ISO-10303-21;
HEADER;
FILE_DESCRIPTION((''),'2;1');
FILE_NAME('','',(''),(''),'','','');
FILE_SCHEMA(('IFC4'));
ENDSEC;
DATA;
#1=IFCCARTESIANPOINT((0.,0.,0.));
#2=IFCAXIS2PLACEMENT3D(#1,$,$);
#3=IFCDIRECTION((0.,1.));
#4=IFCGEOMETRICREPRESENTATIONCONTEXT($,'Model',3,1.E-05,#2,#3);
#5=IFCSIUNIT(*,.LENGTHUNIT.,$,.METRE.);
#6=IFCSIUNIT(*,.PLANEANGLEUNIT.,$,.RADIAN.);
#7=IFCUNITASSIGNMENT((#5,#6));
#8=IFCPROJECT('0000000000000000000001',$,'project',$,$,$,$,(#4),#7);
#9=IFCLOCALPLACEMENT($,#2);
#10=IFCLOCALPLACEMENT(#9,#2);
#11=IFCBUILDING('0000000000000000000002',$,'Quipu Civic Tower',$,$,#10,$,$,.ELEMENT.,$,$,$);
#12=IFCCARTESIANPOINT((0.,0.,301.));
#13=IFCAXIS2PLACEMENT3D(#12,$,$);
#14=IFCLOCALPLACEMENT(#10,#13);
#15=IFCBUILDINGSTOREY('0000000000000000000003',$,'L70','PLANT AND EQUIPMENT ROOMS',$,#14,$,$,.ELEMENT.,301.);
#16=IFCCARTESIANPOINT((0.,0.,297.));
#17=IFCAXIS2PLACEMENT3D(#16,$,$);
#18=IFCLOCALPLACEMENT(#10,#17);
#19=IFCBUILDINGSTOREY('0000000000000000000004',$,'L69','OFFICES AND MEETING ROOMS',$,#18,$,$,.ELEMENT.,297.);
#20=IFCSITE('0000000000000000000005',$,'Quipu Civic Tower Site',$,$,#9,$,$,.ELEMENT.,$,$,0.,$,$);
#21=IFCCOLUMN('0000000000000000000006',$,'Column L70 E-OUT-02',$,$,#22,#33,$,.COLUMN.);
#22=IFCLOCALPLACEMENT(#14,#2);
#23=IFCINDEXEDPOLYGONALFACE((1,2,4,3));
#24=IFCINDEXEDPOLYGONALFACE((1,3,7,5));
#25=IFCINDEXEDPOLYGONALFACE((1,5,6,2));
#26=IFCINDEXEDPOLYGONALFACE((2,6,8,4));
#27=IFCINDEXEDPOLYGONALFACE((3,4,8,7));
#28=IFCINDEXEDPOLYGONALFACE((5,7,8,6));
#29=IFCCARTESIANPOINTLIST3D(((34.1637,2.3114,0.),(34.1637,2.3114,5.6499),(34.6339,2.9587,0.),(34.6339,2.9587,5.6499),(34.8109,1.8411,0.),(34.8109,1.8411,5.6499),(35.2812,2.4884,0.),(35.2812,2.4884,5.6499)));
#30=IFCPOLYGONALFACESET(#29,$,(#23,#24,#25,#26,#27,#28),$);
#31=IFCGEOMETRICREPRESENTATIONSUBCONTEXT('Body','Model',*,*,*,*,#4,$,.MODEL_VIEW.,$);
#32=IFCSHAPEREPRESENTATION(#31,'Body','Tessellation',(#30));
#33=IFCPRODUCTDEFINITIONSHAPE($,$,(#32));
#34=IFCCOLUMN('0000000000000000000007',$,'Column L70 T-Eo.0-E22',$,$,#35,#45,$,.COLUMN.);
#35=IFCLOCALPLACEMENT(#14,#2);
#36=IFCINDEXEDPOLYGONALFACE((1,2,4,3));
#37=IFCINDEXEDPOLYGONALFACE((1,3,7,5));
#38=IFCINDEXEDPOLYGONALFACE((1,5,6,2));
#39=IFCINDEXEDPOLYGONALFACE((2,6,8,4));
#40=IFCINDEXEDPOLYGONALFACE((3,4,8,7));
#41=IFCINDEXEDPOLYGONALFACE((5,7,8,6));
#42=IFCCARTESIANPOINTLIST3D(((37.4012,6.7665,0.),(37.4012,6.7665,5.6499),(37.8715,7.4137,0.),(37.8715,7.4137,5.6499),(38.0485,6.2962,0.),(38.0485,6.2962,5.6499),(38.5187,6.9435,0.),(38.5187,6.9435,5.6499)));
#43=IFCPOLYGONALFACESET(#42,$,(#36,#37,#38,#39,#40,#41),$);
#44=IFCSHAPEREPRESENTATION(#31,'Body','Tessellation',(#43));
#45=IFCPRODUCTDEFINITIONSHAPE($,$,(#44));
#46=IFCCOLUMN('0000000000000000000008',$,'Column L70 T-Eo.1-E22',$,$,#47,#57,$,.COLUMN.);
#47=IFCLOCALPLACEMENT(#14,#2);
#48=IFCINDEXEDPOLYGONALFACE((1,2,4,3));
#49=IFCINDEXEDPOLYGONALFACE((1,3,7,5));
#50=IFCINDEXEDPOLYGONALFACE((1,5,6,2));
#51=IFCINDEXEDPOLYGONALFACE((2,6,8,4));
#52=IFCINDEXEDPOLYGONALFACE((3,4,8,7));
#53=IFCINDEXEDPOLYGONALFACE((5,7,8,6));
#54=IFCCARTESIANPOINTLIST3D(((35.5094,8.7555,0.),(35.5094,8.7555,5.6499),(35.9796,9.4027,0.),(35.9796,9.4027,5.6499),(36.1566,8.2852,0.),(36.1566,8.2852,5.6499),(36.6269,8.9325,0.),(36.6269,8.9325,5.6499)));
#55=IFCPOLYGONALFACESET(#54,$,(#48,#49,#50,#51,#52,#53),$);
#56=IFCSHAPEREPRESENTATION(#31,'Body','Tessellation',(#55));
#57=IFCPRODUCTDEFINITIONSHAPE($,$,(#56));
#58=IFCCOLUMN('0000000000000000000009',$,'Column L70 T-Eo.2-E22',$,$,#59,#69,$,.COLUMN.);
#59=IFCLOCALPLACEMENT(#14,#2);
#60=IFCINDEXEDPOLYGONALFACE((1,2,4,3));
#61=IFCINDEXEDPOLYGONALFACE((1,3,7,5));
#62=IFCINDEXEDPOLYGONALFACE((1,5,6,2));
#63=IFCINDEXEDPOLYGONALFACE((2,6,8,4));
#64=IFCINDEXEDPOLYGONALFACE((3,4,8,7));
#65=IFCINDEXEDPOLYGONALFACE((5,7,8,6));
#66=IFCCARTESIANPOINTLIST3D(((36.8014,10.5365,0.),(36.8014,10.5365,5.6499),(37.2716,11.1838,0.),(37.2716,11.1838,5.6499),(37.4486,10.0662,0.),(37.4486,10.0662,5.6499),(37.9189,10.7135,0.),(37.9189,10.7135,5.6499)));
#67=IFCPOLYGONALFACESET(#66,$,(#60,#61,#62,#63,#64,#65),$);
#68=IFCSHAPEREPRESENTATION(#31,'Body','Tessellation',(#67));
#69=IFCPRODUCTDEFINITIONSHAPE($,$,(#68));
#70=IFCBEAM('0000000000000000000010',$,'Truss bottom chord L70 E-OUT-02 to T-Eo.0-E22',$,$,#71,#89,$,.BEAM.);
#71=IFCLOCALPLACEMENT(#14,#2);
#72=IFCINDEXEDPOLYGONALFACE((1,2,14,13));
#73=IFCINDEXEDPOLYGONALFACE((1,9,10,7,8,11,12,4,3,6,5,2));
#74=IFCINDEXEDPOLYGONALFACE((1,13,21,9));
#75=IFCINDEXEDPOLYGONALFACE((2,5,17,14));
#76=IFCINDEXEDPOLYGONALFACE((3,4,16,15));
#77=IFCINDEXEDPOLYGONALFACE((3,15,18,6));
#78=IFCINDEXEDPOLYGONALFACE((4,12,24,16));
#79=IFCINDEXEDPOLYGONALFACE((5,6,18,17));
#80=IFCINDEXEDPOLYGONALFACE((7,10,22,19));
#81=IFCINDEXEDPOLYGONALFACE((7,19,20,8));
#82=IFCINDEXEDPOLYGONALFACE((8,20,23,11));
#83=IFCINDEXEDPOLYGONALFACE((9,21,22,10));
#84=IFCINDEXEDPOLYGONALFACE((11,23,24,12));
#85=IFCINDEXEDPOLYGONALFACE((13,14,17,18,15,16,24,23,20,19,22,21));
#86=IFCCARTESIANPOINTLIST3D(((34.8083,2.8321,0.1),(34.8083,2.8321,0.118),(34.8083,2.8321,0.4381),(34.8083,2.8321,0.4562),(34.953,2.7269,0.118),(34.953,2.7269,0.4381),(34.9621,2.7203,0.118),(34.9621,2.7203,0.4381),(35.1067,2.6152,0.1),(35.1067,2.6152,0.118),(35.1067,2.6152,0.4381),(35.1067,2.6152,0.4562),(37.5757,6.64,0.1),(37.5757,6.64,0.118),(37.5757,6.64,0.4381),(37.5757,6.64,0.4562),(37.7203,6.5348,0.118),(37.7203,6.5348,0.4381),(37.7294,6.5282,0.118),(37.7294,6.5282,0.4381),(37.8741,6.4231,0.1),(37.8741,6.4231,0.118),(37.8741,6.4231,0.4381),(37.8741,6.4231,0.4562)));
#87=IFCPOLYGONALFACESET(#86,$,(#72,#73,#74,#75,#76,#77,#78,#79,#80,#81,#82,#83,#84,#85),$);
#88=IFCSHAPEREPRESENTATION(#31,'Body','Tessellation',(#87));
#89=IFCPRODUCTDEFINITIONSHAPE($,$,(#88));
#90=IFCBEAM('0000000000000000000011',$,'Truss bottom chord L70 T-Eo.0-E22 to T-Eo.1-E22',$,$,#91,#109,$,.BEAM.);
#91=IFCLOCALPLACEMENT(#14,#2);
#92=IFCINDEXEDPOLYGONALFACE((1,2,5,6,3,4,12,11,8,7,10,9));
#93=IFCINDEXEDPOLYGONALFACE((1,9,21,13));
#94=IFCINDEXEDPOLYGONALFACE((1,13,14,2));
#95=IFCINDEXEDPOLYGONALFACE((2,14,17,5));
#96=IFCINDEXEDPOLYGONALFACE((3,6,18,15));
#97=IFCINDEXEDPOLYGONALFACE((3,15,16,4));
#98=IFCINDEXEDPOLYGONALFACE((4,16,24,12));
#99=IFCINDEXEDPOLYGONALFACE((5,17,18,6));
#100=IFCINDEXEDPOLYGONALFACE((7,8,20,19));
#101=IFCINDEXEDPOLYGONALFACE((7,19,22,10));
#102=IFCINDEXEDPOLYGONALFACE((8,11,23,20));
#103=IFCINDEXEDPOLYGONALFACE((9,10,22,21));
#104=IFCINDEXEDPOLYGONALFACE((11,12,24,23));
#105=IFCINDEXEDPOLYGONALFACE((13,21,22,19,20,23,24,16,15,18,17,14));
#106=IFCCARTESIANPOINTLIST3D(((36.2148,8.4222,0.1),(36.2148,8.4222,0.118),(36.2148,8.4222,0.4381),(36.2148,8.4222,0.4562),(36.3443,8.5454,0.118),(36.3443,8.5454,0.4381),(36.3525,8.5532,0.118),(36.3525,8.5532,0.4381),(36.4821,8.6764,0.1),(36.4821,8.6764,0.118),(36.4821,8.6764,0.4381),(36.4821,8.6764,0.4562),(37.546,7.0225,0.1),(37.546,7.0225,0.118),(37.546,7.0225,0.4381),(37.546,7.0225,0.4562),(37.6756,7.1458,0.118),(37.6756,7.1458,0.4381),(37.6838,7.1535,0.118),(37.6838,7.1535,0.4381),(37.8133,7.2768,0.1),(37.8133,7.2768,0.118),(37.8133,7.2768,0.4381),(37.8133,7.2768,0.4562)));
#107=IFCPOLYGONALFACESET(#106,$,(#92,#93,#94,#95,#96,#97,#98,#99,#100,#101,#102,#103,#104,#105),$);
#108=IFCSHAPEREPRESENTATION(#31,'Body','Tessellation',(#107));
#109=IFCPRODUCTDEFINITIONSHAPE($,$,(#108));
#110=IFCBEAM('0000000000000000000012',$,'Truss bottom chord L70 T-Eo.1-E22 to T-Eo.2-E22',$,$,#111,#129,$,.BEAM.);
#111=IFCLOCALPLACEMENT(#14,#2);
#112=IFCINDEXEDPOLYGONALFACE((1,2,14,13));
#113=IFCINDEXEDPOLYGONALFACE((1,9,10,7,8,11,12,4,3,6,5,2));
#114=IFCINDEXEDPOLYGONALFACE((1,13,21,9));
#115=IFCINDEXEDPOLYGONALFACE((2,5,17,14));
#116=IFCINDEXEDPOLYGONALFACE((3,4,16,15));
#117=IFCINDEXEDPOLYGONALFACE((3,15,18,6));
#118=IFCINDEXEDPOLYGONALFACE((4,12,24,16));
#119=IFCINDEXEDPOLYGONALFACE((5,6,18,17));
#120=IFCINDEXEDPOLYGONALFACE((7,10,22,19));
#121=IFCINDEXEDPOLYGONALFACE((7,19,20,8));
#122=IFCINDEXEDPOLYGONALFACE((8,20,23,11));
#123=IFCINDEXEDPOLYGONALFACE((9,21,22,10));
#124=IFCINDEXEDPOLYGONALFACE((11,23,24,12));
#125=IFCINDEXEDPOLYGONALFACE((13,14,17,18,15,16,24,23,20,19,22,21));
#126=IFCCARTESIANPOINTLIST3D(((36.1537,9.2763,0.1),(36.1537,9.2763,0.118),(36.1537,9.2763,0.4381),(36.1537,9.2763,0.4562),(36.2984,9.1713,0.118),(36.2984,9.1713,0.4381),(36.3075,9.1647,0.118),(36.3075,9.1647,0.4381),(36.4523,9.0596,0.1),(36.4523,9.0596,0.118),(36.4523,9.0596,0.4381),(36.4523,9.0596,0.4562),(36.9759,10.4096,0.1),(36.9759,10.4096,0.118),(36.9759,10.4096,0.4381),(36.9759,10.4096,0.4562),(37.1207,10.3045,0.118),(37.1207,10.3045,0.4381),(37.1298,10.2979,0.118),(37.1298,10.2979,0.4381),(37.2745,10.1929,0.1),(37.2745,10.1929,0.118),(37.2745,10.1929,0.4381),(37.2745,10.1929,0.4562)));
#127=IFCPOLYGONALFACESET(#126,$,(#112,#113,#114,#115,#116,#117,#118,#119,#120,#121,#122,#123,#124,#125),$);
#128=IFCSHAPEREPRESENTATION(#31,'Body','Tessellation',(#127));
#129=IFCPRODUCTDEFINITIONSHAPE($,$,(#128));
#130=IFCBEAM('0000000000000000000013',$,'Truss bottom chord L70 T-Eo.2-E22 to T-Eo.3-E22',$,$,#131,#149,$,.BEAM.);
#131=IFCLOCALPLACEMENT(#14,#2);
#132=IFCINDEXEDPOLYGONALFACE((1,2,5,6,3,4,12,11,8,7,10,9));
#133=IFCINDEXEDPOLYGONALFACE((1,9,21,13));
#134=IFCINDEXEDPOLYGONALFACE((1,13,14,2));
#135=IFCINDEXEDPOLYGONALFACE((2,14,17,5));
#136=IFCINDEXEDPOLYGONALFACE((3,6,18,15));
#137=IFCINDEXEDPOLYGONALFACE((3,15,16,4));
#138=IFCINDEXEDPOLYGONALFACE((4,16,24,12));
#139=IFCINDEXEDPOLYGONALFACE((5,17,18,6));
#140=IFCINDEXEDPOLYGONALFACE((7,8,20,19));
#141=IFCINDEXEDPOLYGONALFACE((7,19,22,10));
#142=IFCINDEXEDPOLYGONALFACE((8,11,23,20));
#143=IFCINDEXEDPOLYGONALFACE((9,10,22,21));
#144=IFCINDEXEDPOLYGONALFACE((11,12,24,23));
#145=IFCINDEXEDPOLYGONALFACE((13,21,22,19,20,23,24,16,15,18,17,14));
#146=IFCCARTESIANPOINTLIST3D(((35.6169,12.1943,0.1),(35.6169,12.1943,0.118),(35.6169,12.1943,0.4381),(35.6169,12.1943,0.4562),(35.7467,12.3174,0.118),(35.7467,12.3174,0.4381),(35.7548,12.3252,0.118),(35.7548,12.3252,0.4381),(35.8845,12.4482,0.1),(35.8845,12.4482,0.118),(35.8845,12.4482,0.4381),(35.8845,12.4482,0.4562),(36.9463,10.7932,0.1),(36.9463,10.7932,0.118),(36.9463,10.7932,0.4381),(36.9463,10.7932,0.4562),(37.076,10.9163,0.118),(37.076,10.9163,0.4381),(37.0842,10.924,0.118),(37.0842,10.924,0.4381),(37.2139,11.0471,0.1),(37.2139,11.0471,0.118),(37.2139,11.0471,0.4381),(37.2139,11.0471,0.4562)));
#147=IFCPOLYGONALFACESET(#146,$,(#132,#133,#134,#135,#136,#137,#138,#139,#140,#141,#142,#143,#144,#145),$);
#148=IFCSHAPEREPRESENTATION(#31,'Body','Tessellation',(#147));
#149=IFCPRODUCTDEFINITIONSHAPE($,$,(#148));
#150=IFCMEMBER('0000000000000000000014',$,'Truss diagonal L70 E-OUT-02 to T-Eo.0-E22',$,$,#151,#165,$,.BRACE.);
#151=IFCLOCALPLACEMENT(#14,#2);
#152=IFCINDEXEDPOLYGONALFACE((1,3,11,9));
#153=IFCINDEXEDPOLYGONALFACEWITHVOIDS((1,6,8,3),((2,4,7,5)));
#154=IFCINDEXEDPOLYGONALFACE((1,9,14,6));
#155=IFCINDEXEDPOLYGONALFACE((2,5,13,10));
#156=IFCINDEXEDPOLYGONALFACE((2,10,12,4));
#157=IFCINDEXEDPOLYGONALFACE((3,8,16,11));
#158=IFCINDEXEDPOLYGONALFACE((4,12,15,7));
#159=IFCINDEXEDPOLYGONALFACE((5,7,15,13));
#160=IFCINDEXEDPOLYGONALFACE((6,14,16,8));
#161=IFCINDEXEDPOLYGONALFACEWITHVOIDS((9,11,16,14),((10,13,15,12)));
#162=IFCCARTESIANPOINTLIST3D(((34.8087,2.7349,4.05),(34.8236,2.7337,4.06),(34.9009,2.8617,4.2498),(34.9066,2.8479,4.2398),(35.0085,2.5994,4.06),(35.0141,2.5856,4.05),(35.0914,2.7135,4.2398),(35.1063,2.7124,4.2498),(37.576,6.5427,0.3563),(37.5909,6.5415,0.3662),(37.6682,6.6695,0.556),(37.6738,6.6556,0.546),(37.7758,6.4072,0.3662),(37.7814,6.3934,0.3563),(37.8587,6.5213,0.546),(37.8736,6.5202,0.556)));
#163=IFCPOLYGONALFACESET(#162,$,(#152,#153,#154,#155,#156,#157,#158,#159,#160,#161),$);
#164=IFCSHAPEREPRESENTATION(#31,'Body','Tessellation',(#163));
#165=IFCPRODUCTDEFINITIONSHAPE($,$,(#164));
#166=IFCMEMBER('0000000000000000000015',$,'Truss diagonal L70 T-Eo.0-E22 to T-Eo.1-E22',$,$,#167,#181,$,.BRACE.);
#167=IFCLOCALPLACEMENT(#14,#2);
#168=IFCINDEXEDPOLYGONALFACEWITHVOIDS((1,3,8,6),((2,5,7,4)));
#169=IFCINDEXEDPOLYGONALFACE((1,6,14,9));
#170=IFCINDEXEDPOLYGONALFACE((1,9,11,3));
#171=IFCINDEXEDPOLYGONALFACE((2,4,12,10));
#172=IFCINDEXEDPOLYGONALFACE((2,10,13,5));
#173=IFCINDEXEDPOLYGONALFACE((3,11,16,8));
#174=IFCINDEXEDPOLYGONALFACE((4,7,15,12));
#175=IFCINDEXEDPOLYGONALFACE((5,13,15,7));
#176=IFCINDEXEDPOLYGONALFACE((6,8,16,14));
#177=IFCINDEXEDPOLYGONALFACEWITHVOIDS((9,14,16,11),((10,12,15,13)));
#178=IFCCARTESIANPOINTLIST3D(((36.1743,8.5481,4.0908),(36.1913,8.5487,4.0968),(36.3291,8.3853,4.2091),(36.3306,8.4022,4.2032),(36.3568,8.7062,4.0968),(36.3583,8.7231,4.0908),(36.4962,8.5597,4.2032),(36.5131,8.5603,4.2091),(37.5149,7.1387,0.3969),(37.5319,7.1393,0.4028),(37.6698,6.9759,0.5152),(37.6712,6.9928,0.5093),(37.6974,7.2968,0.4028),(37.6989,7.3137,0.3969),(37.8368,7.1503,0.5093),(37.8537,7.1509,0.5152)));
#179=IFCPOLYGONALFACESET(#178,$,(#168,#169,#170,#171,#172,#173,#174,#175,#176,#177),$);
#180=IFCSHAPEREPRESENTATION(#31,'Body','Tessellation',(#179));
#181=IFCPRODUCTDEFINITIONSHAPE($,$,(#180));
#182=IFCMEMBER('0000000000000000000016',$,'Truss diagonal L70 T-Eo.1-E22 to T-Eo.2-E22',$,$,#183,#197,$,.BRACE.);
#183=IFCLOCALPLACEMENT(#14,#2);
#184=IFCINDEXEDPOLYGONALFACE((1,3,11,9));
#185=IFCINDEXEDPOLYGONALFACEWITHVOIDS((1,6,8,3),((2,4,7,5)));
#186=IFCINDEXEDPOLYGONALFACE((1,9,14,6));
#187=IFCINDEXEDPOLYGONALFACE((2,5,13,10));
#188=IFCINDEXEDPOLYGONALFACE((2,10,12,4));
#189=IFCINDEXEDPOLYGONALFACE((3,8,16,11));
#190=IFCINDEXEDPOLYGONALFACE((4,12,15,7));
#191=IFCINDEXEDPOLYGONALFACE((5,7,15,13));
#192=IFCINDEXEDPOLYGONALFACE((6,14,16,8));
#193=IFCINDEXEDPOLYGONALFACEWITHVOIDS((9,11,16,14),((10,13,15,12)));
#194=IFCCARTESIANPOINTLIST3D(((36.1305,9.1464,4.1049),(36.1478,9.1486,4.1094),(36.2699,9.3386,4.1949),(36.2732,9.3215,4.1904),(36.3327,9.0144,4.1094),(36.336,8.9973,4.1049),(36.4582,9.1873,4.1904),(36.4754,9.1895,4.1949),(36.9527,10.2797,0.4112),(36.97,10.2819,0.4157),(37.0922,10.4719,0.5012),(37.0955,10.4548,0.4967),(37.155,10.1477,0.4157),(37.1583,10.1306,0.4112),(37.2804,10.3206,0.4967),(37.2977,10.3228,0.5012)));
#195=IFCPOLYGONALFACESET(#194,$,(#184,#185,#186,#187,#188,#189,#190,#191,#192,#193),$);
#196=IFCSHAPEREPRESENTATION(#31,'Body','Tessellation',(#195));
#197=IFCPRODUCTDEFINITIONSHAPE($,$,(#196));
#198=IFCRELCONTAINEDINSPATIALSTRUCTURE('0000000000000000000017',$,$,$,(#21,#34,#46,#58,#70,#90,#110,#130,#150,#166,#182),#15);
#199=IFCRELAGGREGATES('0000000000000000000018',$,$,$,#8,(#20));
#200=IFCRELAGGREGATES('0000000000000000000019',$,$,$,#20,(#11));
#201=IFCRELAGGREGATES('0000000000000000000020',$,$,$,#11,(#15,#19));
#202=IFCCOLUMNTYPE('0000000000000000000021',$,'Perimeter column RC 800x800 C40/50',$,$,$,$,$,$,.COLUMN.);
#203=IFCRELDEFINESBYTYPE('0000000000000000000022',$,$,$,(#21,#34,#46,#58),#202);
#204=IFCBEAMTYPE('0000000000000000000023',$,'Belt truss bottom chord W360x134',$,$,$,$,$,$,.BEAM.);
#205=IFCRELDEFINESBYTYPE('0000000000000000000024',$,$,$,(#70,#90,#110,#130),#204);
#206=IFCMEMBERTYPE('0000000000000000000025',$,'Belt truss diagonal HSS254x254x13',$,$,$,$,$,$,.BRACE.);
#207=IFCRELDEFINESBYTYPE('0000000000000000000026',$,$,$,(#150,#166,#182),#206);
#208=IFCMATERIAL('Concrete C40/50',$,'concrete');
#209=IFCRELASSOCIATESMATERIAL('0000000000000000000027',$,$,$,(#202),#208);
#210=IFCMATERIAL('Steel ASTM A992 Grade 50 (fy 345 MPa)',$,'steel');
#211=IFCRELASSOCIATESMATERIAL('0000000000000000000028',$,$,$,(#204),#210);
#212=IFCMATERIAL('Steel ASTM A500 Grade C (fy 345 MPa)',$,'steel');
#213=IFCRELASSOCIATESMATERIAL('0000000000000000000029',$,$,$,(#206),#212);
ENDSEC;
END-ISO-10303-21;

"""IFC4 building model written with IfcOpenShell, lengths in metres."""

from ifc_helpers import new_model, si_unit, direction, frame, origin, origin_2d, place, context, subcontext, project, spatial, rectangle, hollow_rectangle, i_section, extrude, material, material_profile, profile_set, type_object, element, save


model = new_model("IFC4")

# Units and contexts
model_context = context("Model", 3, precision=1e-05, world=origin(), true_north=direction((0.0, 1.0)))
body_context = subcontext(model_context, "Body", "Model", "MODEL_VIEW")
ifc_project = project(units=[si_unit("LENGTHUNIT", "METRE"), si_unit("PLANEANGLEUNIT", "RADIAN")], contexts=[model_context])

# Site, building, storey
site_placement = place(None, origin())
site = spatial("IfcSite", under=ifc_project, at=site_placement, Name="Quipu Civic Tower Site", CompositionType="ELEMENT", RefElevation=0.0)
building_placement = place(site_placement, origin())
building = spatial("IfcBuilding", under=site, at=building_placement, Name="Quipu Civic Tower", CompositionType="ELEMENT")
storey_1_placement = place(building_placement, frame((0.0, 0.0, 301.0)))
storey_1 = spatial("IfcBuildingStorey", under=building, at=storey_1_placement, Name="L70", Description="PLANT AND EQUIPMENT ROOMS", CompositionType="ELEMENT", Elevation=301.0)

# Columns
ifc_material_1 = material(Name="Concrete C40/50", Category="concrete")
ifc_material_profile_1 = material_profile(ifc_material_1, rectangle(XDim=0.8, YDim=0.8, at=origin_2d()), Name="RC800x800")
ifc_profile_set_1 = profile_set([ifc_material_profile_1], Name="Concrete C40/50")
column_type = type_object("IfcColumnType", Name="Perimeter column RC 800x800 C40/50", PredefinedType="COLUMN", material=ifc_profile_set_1)
for number, where, z_axis, x_axis, name in (
    (1, (34.7224, 2.3999, 0.0), (0.0, 0.0, 1.0), (0.587785, 0.809017, 0.0), "Column L70 E-OUT-02"),
    (2, (37.96, 6.855, 0.0), (0.0, 0.0, 1.0), (0.587785, 0.809017, 0.0), "Column L70 T-Eo.0-E22"),
    (3, (36.0681, 8.844, 0.0), (0.0, 0.0, 1.0), (0.587785, 0.809017, 0.0), "Column L70 T-Eo.1-E22"),
    (4, (37.3601, 10.625, 0.0), (0.0, 0.0, 1.0), (0.587785, 0.809017, 0.0), "Column L70 T-Eo.2-E22"),
):
    element("IfcColumn", number, at=place(storey_1_placement, frame(where, z_axis=z_axis, x_axis=x_axis)), inside=storey_1, type_object=column_type, Name=name, PredefinedType="COLUMN", context=body_context, shape_type="SweptSolid", body=[
        extrude(rectangle(XDim=0.8, YDim=0.8, at=origin_2d()), origin(), (0.0, 0.0, 1.0), 5.6499),
    ])

# Beams
ifc_material_2 = material(Name="Steel ASTM A992 Grade 50 (fy 345 MPa)", Category="steel")
ifc_material_profile_2 = material_profile(ifc_material_2, i_section(OverallWidth=0.3689, OverallDepth=0.3562, WebThickness=0.0112, FlangeThickness=0.0181, at=origin_2d()), Name="W360x134")
ifc_profile_set_2 = profile_set([ifc_material_profile_2], Name="Steel ASTM A992 Grade 50 (fy 345 MPa)")
beam_type_1 = type_object("IfcBeamType", Name="Belt truss bottom chord W360x134", PredefinedType="BEAM", material=ifc_profile_set_2)
beam_1_placement = place(storey_1_placement, frame((34.9575, 2.7236, 0.2781), z_axis=(0.587891, 0.80894, 0.0), x_axis=(-0.80894, 0.587891, 0.0)))
element("IfcBeam", 5, at=beam_1_placement, inside=storey_1, type_object=beam_type_1, Name="Truss bottom chord L70 E-OUT-02 to T-Eo.0-E22", PredefinedType="BEAM", context=body_context, shape_type="SweptSolid", body=[
    extrude(i_section(OverallWidth=0.3689, OverallDepth=0.3562, WebThickness=0.0112, FlangeThickness=0.0181, at=origin_2d()), origin(), (0.0, 0.0, 1.0), 4.7073),
])
beam_2_placement = place(storey_1_placement, frame((37.6797, 7.1497, 0.2781), z_axis=(-0.689191, 0.72458, 0.0), x_axis=(-0.72458, -0.689191, 0.0)))
element("IfcBeam", 6, at=beam_2_placement, inside=storey_1, type_object=beam_type_1, Name="Truss bottom chord L70 T-Eo.0-E22 to T-Eo.1-E22", PredefinedType="BEAM", context=body_context, shape_type="SweptSolid", body=[
    extrude(i_section(OverallWidth=0.3689, OverallDepth=0.3562, WebThickness=0.0112, FlangeThickness=0.0181, at=origin_2d()), origin(), (0.0, 0.0, 1.0), 1.9316),
])
beam_3_placement = place(storey_1_placement, frame((36.303, 9.168, 0.2781), z_axis=(0.587259, 0.809399, 0.0), x_axis=(-0.809399, 0.587259, 0.0)))
element("IfcBeam", 7, at=beam_3_placement, inside=storey_1, type_object=beam_type_1, Name="Truss bottom chord L70 T-Eo.1-E22 to T-Eo.2-E22", PredefinedType="BEAM", context=body_context, shape_type="SweptSolid", body=[
    extrude(i_section(OverallWidth=0.3689, OverallDepth=0.3562, WebThickness=0.0112, FlangeThickness=0.0181, at=origin_2d()), origin(), (0.0, 0.0, 1.0), 1.4001),
])
beam_4_placement = place(storey_1_placement, frame((37.0801, 10.9202, 0.2781), z_axis=(-0.688281, 0.725444, 0.0), x_axis=(-0.725444, -0.688281, 0.0)))
element("IfcBeam", 8, at=beam_4_placement, inside=storey_1, type_object=beam_type_1, Name="Truss bottom chord L70 T-Eo.2-E22 to T-Eo.3-E22", PredefinedType="BEAM", context=body_context, shape_type="SweptSolid", body=[
    extrude(i_section(OverallWidth=0.3689, OverallDepth=0.3562, WebThickness=0.0112, FlangeThickness=0.0181, at=origin_2d()), origin(), (0.0, 0.0, 1.0), 1.9314),
])

# Members
ifc_material_3 = material(Name="Steel ASTM A500 Grade C (fy 345 MPa)", Category="steel")
ifc_material_profile_3 = material_profile(ifc_material_3, hollow_rectangle(XDim=0.2539, YDim=0.2539, WallThickness=0.0127, at=origin_2d()), Name="HSS254x254x13")
ifc_profile_set_3 = profile_set([ifc_material_profile_3], Name="Steel ASTM A500 Grade C (fy 345 MPa)")
member_type_1 = type_object("IfcMemberType", Name="Belt truss diagonal HSS254x254x13", PredefinedType="BRACE", material=ifc_profile_set_3)
member_1_placement = place(storey_1_placement, frame((34.9575, 2.7236, 4.1499), z_axis=(0.462493, 0.636392, -0.617337), x_axis=(-0.80894, 0.587891, 0.0)))
element("IfcMember", 9, at=member_1_placement, inside=storey_1, type_object=member_type_1, Name="Truss diagonal L70 E-OUT-02 to T-Eo.0-E22", PredefinedType="BRACE", context=body_context, shape_type="SweptSolid", body=[
    extrude(hollow_rectangle(XDim=0.2539, YDim=0.2539, WallThickness=0.0127, at=origin_2d()), origin(), (0.0, 0.0, 1.0), 5.9834),
])
member_2_placement = place(storey_1_placement, frame((37.6843, 7.1448, 0.4561), z_axis=(-0.321119, 0.337611, 0.884817), x_axis=(-0.724583, -0.689188, 0.0)))
element("IfcMember", 10, at=member_2_placement, inside=storey_1, type_object=member_type_1, Name="Truss diagonal L70 T-Eo.0-E22 to T-Eo.1-E22", PredefinedType="BRACE", context=body_context, shape_type="SweptSolid", body=[
    extrude(hollow_rectangle(XDim=0.2539, YDim=0.2539, WallThickness=0.0127, at=origin_2d()), origin(), (0.0, 0.0, 1.0), 4.1748),
])
member_3_placement = place(storey_1_placement, frame((36.303, 9.168, 4.1499), z_axis=(0.208152, 0.286889, -0.935076), x_axis=(-0.809399, 0.587259, 0.0)))
element("IfcMember", 11, at=member_3_placement, inside=storey_1, type_object=member_type_1, Name="Truss diagonal L70 T-Eo.1-E22 to T-Eo.2-E22", PredefinedType="BRACE", context=body_context, shape_type="SweptSolid", body=[
    extrude(hollow_rectangle(XDim=0.2539, YDim=0.2539, WallThickness=0.0127, at=origin_2d()), origin(), (0.0, 0.0, 1.0), 3.9502),
])

# Shared definitions
storey_2_placement = place(building_placement, frame((0.0, 0.0, 297.0)))
storey_2 = spatial("IfcBuildingStorey", under=building, at=storey_2_placement, Name="L69", Description="OFFICES AND MEETING ROOMS", CompositionType="ELEMENT", Elevation=297.0)

save(model, "model.ifc")
